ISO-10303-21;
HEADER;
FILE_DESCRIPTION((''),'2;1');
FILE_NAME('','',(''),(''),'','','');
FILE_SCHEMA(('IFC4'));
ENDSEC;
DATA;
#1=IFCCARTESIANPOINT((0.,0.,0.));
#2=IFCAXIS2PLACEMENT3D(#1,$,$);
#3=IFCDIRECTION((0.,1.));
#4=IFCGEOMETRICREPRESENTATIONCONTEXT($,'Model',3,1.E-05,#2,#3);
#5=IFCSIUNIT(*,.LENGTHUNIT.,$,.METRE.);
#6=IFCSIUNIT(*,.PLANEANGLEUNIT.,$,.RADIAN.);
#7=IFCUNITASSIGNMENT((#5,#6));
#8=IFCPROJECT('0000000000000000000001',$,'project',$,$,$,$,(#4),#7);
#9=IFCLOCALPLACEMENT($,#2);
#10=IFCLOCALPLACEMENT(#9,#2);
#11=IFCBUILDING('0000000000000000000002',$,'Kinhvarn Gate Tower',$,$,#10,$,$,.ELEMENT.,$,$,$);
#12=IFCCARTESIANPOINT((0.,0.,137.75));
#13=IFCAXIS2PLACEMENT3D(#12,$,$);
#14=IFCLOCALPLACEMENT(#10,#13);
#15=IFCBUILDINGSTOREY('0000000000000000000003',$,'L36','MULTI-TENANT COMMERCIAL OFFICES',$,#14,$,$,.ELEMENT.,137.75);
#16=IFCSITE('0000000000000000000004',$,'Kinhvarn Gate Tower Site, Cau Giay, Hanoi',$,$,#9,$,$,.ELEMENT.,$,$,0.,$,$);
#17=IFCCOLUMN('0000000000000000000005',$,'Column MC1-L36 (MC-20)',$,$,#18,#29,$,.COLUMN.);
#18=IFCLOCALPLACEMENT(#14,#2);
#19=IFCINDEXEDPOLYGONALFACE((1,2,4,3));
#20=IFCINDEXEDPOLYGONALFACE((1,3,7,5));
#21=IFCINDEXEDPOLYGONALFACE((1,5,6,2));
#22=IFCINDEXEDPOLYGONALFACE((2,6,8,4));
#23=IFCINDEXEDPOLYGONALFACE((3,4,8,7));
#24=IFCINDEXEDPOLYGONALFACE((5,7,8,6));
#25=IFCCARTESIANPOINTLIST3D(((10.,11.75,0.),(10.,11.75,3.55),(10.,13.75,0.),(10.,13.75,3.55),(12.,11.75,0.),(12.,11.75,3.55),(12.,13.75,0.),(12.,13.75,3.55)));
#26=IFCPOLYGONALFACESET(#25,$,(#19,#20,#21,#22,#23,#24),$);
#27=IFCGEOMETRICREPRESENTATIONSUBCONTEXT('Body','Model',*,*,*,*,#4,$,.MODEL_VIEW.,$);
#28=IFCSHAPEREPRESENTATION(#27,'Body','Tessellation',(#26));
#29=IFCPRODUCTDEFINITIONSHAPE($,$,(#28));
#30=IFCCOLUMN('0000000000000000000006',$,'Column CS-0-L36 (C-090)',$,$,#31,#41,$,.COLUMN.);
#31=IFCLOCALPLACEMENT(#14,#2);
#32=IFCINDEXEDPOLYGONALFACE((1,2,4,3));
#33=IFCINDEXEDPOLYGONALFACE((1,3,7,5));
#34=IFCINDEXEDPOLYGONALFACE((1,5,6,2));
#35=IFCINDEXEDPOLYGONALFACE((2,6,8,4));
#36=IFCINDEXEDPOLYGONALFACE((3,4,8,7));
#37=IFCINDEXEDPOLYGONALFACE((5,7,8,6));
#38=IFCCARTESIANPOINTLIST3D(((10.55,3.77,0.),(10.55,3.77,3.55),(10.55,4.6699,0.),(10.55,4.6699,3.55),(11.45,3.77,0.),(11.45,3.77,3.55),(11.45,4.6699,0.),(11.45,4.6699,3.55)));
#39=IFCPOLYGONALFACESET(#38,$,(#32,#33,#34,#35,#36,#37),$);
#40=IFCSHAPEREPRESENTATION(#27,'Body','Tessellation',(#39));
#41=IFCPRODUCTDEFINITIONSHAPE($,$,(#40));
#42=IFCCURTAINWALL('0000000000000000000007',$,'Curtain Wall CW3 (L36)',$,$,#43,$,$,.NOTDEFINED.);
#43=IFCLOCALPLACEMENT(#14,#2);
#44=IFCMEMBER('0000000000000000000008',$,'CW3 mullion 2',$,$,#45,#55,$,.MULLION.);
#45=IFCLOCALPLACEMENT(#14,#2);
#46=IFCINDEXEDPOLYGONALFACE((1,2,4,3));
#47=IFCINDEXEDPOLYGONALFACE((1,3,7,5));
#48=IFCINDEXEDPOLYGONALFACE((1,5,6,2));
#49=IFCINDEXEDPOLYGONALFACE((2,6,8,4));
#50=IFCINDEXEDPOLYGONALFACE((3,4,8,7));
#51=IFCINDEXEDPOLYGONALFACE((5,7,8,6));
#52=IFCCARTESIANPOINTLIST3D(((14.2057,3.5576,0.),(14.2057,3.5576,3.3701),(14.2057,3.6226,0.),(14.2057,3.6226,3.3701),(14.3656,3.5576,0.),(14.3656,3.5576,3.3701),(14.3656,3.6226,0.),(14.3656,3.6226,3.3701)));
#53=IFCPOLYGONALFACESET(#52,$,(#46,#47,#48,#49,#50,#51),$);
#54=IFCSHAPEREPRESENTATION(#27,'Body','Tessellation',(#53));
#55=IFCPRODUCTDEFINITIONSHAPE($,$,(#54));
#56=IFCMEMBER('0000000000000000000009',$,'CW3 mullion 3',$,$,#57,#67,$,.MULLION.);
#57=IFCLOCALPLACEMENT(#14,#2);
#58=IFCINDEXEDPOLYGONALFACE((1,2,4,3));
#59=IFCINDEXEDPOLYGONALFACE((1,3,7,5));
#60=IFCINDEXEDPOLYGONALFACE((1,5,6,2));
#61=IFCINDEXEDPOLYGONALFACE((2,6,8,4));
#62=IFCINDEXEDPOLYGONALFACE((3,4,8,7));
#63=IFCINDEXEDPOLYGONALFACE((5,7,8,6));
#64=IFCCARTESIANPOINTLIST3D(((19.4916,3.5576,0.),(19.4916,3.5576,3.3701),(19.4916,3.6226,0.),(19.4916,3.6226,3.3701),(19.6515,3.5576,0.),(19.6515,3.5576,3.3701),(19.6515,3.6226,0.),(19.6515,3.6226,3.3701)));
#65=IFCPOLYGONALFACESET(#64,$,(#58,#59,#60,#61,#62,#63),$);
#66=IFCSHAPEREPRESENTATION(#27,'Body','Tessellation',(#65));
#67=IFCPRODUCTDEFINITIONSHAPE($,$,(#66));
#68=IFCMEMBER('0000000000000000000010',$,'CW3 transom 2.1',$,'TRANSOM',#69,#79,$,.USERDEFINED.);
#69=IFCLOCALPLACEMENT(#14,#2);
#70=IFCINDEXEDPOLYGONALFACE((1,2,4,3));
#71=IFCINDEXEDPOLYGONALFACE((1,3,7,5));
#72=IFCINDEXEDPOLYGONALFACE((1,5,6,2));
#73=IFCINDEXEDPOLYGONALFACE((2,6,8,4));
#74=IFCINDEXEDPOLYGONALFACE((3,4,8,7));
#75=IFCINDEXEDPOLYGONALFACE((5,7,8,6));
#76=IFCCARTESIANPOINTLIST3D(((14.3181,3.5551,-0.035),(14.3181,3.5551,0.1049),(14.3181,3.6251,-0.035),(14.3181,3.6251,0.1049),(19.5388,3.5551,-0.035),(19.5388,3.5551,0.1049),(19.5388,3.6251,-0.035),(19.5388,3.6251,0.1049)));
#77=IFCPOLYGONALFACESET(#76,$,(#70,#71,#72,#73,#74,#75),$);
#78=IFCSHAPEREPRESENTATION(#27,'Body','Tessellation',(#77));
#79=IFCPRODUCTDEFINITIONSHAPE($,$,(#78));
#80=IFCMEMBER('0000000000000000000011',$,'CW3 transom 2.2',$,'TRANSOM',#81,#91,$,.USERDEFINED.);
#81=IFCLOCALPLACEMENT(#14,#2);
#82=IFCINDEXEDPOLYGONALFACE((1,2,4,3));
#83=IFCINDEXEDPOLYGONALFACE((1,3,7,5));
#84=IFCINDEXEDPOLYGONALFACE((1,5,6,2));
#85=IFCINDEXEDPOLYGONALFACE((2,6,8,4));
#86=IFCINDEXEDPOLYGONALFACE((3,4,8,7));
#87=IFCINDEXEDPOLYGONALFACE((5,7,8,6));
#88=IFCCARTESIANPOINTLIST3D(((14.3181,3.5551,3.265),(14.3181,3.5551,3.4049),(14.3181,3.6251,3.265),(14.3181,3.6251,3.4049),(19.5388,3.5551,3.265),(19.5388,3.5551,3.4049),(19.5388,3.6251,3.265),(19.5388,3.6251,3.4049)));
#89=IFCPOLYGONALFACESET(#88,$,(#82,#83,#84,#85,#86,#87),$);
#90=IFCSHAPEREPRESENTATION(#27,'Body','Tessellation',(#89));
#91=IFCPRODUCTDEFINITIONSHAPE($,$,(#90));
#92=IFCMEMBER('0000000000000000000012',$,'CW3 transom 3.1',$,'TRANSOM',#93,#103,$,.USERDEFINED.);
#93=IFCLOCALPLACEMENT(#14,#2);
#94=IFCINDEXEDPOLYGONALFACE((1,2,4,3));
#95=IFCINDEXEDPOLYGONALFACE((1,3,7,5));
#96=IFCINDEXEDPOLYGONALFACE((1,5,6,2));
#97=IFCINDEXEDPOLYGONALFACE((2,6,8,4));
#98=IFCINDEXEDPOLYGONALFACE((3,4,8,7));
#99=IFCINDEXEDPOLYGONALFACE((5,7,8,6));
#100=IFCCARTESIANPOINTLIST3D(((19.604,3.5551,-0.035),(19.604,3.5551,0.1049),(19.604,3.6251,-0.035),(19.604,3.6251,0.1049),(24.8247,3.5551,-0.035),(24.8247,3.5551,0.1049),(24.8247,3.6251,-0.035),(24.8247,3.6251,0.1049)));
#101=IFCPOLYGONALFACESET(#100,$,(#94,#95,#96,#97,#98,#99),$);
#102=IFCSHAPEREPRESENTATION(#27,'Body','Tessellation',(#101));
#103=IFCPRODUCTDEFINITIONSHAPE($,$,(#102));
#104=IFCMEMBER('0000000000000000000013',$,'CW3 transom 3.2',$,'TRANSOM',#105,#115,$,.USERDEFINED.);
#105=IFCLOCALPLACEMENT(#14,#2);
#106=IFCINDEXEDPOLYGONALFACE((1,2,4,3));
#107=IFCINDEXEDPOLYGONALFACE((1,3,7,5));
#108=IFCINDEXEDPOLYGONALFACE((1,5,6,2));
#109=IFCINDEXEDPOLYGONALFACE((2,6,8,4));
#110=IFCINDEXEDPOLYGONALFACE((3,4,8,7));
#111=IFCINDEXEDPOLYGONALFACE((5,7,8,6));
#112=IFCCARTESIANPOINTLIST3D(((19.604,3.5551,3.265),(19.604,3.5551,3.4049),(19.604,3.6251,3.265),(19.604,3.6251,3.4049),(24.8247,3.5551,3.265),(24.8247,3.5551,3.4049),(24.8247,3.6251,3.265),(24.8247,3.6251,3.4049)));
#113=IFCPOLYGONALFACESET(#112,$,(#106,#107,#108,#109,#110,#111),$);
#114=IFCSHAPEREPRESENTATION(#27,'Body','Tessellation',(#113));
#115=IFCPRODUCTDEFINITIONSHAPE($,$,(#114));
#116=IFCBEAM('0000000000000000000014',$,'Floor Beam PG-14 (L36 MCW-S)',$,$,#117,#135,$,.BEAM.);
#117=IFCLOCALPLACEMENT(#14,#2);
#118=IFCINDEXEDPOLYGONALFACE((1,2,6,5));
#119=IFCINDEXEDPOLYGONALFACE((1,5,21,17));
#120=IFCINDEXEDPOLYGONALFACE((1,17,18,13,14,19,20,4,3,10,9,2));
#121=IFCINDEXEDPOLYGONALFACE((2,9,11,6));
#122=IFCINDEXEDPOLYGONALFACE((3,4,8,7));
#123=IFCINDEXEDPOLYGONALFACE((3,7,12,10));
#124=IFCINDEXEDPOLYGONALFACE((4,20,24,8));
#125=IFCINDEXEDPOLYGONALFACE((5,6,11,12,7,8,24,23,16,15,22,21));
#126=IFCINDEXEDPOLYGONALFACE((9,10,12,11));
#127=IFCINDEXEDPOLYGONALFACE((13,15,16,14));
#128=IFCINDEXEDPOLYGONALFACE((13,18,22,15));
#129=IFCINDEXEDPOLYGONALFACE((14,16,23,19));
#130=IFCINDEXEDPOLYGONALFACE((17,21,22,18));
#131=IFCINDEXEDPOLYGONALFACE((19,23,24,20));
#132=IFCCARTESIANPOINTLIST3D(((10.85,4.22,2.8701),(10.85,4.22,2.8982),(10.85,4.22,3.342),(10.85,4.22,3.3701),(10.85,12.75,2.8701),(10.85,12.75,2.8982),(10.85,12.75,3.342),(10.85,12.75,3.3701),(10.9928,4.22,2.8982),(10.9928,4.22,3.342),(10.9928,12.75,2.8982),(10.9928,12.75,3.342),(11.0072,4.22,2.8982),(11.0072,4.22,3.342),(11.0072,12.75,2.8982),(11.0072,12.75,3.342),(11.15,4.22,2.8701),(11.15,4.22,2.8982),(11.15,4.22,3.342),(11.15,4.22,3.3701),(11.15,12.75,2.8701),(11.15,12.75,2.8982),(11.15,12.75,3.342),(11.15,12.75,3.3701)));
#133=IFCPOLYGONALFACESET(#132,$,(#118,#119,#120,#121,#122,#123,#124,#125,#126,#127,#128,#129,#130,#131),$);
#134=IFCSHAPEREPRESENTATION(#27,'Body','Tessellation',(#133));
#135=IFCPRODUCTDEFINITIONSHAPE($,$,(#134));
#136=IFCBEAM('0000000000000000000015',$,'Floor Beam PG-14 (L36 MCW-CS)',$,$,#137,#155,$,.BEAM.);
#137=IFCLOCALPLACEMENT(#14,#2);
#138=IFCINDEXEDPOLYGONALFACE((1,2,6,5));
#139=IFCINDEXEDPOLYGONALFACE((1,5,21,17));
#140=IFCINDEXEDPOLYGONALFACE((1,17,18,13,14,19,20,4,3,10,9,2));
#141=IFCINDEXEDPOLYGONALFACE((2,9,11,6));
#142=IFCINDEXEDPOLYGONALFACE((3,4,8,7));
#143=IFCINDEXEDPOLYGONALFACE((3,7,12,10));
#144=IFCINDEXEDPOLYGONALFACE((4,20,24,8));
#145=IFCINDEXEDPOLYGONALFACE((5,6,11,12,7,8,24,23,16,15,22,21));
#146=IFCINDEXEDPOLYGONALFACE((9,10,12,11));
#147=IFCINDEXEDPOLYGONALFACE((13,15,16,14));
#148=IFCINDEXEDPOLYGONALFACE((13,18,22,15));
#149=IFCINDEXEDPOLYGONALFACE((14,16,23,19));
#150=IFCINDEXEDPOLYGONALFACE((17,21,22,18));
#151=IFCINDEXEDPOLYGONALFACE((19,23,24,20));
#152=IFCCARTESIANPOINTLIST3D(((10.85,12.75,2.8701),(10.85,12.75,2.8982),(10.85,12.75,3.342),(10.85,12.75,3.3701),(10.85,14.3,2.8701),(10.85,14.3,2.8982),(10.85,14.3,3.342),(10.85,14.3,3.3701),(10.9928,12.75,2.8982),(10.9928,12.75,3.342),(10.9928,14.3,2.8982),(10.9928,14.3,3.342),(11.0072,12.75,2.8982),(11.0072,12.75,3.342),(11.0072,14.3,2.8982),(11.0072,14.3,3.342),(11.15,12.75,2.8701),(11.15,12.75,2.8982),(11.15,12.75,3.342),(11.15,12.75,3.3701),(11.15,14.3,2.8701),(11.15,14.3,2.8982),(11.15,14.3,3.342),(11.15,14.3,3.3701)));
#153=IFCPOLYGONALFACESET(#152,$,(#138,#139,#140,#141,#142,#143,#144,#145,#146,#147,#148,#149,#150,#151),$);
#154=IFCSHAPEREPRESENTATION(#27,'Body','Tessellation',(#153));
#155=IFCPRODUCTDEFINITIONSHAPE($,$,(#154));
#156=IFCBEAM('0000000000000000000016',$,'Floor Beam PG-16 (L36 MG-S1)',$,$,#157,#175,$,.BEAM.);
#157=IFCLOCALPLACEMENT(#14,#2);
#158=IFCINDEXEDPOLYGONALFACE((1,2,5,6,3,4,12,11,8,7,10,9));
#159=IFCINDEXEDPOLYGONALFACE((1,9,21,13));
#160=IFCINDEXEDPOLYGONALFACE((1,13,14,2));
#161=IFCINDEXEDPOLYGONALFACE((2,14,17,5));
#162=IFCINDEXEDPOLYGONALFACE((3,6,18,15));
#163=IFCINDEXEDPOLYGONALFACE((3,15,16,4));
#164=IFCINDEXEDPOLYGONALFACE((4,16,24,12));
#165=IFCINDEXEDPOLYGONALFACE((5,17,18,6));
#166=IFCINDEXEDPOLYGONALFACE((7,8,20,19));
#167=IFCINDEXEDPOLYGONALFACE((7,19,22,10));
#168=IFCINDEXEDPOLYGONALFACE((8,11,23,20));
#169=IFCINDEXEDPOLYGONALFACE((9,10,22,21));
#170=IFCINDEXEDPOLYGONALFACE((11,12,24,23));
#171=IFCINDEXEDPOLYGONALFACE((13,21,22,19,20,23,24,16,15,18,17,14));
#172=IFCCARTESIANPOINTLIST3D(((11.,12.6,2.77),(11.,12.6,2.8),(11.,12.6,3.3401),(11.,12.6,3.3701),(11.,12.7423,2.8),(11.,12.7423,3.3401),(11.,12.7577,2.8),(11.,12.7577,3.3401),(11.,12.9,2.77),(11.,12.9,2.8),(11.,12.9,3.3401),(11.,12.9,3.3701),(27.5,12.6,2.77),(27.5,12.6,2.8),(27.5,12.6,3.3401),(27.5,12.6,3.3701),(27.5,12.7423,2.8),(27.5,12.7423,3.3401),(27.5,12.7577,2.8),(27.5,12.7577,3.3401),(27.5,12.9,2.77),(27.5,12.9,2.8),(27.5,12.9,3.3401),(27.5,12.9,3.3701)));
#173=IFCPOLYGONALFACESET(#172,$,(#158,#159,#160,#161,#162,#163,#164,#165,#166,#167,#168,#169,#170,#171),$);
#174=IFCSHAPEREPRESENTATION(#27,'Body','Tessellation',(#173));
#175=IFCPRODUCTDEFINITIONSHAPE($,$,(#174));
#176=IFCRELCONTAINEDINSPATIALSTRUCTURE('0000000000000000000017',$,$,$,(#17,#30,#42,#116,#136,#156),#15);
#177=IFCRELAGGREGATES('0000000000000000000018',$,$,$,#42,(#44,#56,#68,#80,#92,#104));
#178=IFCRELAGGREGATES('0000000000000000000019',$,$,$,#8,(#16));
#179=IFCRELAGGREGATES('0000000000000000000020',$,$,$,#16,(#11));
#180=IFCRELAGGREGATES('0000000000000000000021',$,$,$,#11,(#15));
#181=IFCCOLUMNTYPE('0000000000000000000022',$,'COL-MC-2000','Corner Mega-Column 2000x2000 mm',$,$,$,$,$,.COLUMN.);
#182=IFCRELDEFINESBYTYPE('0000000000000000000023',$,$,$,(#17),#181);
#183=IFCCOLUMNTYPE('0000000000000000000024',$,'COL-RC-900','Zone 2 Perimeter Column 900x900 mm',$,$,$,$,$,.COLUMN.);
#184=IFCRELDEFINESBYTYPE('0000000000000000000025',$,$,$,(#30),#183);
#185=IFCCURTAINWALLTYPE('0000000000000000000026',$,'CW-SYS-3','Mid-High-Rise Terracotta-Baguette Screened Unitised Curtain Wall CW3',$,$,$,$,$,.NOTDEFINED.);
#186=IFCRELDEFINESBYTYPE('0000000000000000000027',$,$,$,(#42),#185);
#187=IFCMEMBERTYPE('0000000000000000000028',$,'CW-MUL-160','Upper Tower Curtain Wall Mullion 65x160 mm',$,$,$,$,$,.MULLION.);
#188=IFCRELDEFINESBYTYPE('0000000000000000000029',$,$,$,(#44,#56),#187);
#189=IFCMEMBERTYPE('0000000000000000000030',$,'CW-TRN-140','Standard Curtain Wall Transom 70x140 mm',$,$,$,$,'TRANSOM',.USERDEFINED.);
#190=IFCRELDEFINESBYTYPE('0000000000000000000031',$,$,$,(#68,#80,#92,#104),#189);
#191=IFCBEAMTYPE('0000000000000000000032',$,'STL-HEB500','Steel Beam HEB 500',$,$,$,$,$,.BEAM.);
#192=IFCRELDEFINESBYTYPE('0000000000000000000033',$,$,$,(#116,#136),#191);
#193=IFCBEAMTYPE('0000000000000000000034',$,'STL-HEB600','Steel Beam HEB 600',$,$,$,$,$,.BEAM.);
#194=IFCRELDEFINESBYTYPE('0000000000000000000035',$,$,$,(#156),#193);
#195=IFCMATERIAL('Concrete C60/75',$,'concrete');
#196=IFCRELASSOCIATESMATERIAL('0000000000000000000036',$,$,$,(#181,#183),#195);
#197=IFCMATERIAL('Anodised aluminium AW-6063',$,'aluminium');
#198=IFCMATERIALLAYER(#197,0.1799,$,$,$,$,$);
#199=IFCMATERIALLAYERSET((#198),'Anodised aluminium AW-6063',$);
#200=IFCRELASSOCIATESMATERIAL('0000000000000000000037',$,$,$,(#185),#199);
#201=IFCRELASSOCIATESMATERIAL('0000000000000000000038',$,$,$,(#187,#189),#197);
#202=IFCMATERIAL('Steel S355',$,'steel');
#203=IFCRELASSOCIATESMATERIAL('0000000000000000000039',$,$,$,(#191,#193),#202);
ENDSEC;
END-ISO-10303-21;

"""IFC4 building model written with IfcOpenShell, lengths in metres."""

from ifc_helpers import new_model, si_unit, direction, frame, origin, origin_2d, place, context, subcontext, project, spatial, rectangle, i_section, extrude, material, layer, layer_set, material_profile, profile_set, type_object, element, aggregate, save


model = new_model("IFC4")

# Units and contexts
model_context = context("Model", 3, precision=1e-05, world=origin(), true_north=direction((0.0, 1.0)))
body_context = subcontext(model_context, "Body", "Model", "MODEL_VIEW")
ifc_project = project(units=[si_unit("LENGTHUNIT", "METRE"), si_unit("PLANEANGLEUNIT", "RADIAN")], contexts=[model_context])

# Site, building, storey
site_placement = place(None, origin())
site = spatial("IfcSite", under=ifc_project, at=site_placement, Name="Kinhvarn Gate Tower Site, Cau Giay, Hanoi", CompositionType="ELEMENT", RefElevation=0.0)
building_placement = place(site_placement, origin())
building = spatial("IfcBuilding", under=site, at=building_placement, Name="Kinhvarn Gate Tower", CompositionType="ELEMENT")
storey_placement = place(building_placement, frame((0.0, 0.0, 137.75)))
storey = spatial("IfcBuildingStorey", under=building, at=storey_placement, Name="L36", Description="MULTI-TENANT COMMERCIAL OFFICES", CompositionType="ELEMENT", Elevation=137.75)

# Columns
ifc_material_1 = material(Name="Concrete C60/75", Category="concrete")
ifc_material_profile_1 = material_profile(ifc_material_1, rectangle(XDim=2.0, YDim=2.0, at=origin_2d()), Name="RC 2000x2000")
ifc_profile_set_1 = profile_set([ifc_material_profile_1], Name="Concrete C60/75")
column_type_1 = type_object("IfcColumnType", Name="COL-MC-2000", Description="Corner Mega-Column 2000x2000 mm", PredefinedType="COLUMN", material=ifc_profile_set_1)
column_1_placement = place(storey_placement, frame((11.0, 12.75, 0.0), z_axis=(0.0, 0.0, 1.0), x_axis=(1.0, 0.0, 0.0)))
element("IfcColumn", 1, at=column_1_placement, inside=storey, type_object=column_type_1, Name="Column MC1-L36 (MC-20)", PredefinedType="COLUMN", context=body_context, shape_type="SweptSolid", body=[
    extrude(rectangle(XDim=2.0, YDim=2.0, at=origin_2d()), origin(), (0.0, 0.0, 1.0), 3.55),
])
ifc_material_profile_2 = material_profile(ifc_material_1, rectangle(XDim=0.8999, YDim=0.8999, at=origin_2d()), Name="RC 900x900")
ifc_profile_set_2 = profile_set([ifc_material_profile_2], Name="Concrete C60/75")
column_type_2 = type_object("IfcColumnType", Name="COL-RC-900", Description="Zone 2 Perimeter Column 900x900 mm", PredefinedType="COLUMN", material=ifc_profile_set_2)
column_2_placement = place(storey_placement, frame((11.0, 4.22, 0.0), z_axis=(0.0, 0.0, 1.0), x_axis=(1.0, 0.0, 0.0)))
element("IfcColumn", 2, at=column_2_placement, inside=storey, type_object=column_type_2, Name="Column CS-0-L36 (C-090)", PredefinedType="COLUMN", context=body_context, shape_type="SweptSolid", body=[
    extrude(rectangle(XDim=0.8999, YDim=0.8999, at=origin_2d()), origin(), (0.0, 0.0, 1.0), 3.55),
])

# Curtain wall, members
ifc_material_2 = material(Name="Anodised aluminium AW-6063", Category="aluminium")
ifc_layer_1 = layer(ifc_material_2, 0.1799)
ifc_layer_set_1 = layer_set([ifc_layer_1], Name="Anodised aluminium AW-6063")
curtain_wall_type = type_object("IfcCurtainWallType", Name="CW-SYS-3", Description="Mid-High-Rise Terracotta-Baguette Screened Unitised Curtain Wall CW3", PredefinedType="NOTDEFINED", material=ifc_layer_set_1)
curtain_wall_placement = place(storey_placement, origin())
curtain_wall = element("IfcCurtainWall", 3, at=curtain_wall_placement, inside=storey, type_object=curtain_wall_type, Name="Curtain Wall CW3 (L36)", PredefinedType="NOTDEFINED")
ifc_material_profile_3 = material_profile(ifc_material_2, rectangle(XDim=0.0649, YDim=0.1599, at=origin_2d()), Name="ALU 65x160")
ifc_profile_set_3 = profile_set([ifc_material_profile_3], Name="Anodised aluminium AW-6063")
member_type_1 = type_object("IfcMemberType", Name="CW-MUL-160", Description="Upper Tower Curtain Wall Mullion 65x160 mm", PredefinedType="MULLION", material=ifc_profile_set_3)
member_1_placement = place(storey_placement, frame((14.2856, 3.5901, 0.0), z_axis=(0.0, 0.0, 1.0), x_axis=(0.0, 1.0, 0.0)))
member_1 = element("IfcMember", 4, at=member_1_placement, type_object=member_type_1, Name="CW3 mullion 2", PredefinedType="MULLION", context=body_context, shape_type="SweptSolid", body=[
    extrude(rectangle(XDim=0.0649, YDim=0.1599, at=origin_2d()), origin(), (0.0, 0.0, 1.0), 3.3701),
])
member_2_placement = place(storey_placement, frame((19.5715, 3.5901, 0.0), z_axis=(0.0, 0.0, 1.0), x_axis=(0.0, 1.0, 0.0)))
member_2 = element("IfcMember", 5, at=member_2_placement, type_object=member_type_1, Name="CW3 mullion 3", PredefinedType="MULLION", context=body_context, shape_type="SweptSolid", body=[
    extrude(rectangle(XDim=0.0649, YDim=0.1599, at=origin_2d()), origin(), (0.0, 0.0, 1.0), 3.3701),
])
ifc_material_profile_4 = material_profile(ifc_material_2, rectangle(XDim=0.0701, YDim=0.1399, at=origin_2d()), Name="ALU 70x140")
ifc_profile_set_4 = profile_set([ifc_material_profile_4], Name="Anodised aluminium AW-6063")
member_type_2 = type_object("IfcMemberType", Name="CW-TRN-140", Description="Standard Curtain Wall Transom 70x140 mm", ElementType="TRANSOM", PredefinedType="USERDEFINED", material=ifc_profile_set_4)
member_3_placement = place(storey_placement, frame((14.3181, 3.5901, 0.0349), z_axis=(1.0, 0.0, 0.0), x_axis=(0.0, 1.0, 0.0)))
member_3 = element("IfcMember", 6, at=member_3_placement, type_object=member_type_2, Name="CW3 transom 2.1", ObjectType="TRANSOM", PredefinedType="USERDEFINED", context=body_context, shape_type="SweptSolid", body=[
    extrude(rectangle(XDim=0.0701, YDim=0.1399, at=origin_2d()), origin(), (0.0, 0.0, 1.0), 5.2207),
])
member_4_placement = place(storey_placement, frame((14.3181, 3.5901, 3.335), z_axis=(1.0, 0.0, 0.0), x_axis=(0.0, 1.0, 0.0)))
member_4 = element("IfcMember", 7, at=member_4_placement, type_object=member_type_2, Name="CW3 transom 2.2", ObjectType="TRANSOM", PredefinedType="USERDEFINED", context=body_context, shape_type="SweptSolid", body=[
    extrude(rectangle(XDim=0.0701, YDim=0.1399, at=origin_2d()), origin(), (0.0, 0.0, 1.0), 5.2207),
])
member_5_placement = place(storey_placement, frame((19.604, 3.5901, 0.0349), z_axis=(1.0, 0.0, 0.0), x_axis=(0.0, 1.0, 0.0)))
member_5 = element("IfcMember", 8, at=member_5_placement, type_object=member_type_2, Name="CW3 transom 3.1", ObjectType="TRANSOM", PredefinedType="USERDEFINED", context=body_context, shape_type="SweptSolid", body=[
    extrude(rectangle(XDim=0.0701, YDim=0.1399, at=origin_2d()), origin(), (0.0, 0.0, 1.0), 5.2207),
])
member_6_placement = place(storey_placement, frame((19.604, 3.5901, 3.335), z_axis=(1.0, 0.0, 0.0), x_axis=(0.0, 1.0, 0.0)))
member_6 = element("IfcMember", 9, at=member_6_placement, type_object=member_type_2, Name="CW3 transom 3.2", ObjectType="TRANSOM", PredefinedType="USERDEFINED", context=body_context, shape_type="SweptSolid", body=[
    extrude(rectangle(XDim=0.0701, YDim=0.1399, at=origin_2d()), origin(), (0.0, 0.0, 1.0), 5.2207),
])

# Beams
ifc_material_3 = material(Name="Steel S355", Category="steel")
ifc_material_profile_5 = material_profile(ifc_material_3, i_section(OverallWidth=0.3, OverallDepth=0.5, WebThickness=0.0144, FlangeThickness=0.0281, at=origin_2d()), Name="HEB 500")
ifc_profile_set_5 = profile_set([ifc_material_profile_5], Name="Steel S355")
beam_type_1 = type_object("IfcBeamType", Name="STL-HEB500", Description="Steel Beam HEB 500", PredefinedType="BEAM", material=ifc_profile_set_5)
beam_1_placement = place(storey_placement, frame((11.0, 4.22, 3.1201), z_axis=(0.0, 1.0, 0.0), x_axis=(-1.0, 0.0, 0.0)))
element("IfcBeam", 10, at=beam_1_placement, inside=storey, type_object=beam_type_1, Name="Floor Beam PG-14 (L36 MCW-S)", PredefinedType="BEAM", context=body_context, shape_type="SweptSolid", body=[
    extrude(i_section(OverallWidth=0.3, OverallDepth=0.5, WebThickness=0.0144, FlangeThickness=0.0281, at=origin_2d()), origin(), (0.0, 0.0, 1.0), 8.53),
])
beam_2_placement = place(storey_placement, frame((11.0, 12.75, 3.1201), z_axis=(0.0, 1.0, 0.0), x_axis=(-1.0, 0.0, 0.0)))
element("IfcBeam", 11, at=beam_2_placement, inside=storey, type_object=beam_type_1, Name="Floor Beam PG-14 (L36 MCW-CS)", PredefinedType="BEAM", context=body_context, shape_type="SweptSolid", body=[
    extrude(i_section(OverallWidth=0.3, OverallDepth=0.5, WebThickness=0.0144, FlangeThickness=0.0281, at=origin_2d()), origin(), (0.0, 0.0, 1.0), 1.55),
])
ifc_material_profile_6 = material_profile(ifc_material_3, i_section(OverallWidth=0.3, OverallDepth=0.6001, WebThickness=0.0154, FlangeThickness=0.03, at=origin_2d()), Name="HEB 600")
ifc_profile_set_6 = profile_set([ifc_material_profile_6], Name="Steel S355")
beam_type_2 = type_object("IfcBeamType", Name="STL-HEB600", Description="Steel Beam HEB 600", PredefinedType="BEAM", material=ifc_profile_set_6)
beam_3_placement = place(storey_placement, frame((11.0, 12.75, 3.0701), z_axis=(1.0, 0.0, 0.0), x_axis=(0.0, 1.0, 0.0)))
element("IfcBeam", 12, at=beam_3_placement, inside=storey, type_object=beam_type_2, Name="Floor Beam PG-16 (L36 MG-S1)", PredefinedType="BEAM", context=body_context, shape_type="SweptSolid", body=[
    extrude(i_section(OverallWidth=0.3, OverallDepth=0.6001, WebThickness=0.0154, FlangeThickness=0.03, at=origin_2d()), origin(), (0.0, 0.0, 1.0), 16.5),
])

aggregate(curtain_wall, [member_1, member_2, member_3, member_4, member_5, member_6])

save(model, "model.ifc")
